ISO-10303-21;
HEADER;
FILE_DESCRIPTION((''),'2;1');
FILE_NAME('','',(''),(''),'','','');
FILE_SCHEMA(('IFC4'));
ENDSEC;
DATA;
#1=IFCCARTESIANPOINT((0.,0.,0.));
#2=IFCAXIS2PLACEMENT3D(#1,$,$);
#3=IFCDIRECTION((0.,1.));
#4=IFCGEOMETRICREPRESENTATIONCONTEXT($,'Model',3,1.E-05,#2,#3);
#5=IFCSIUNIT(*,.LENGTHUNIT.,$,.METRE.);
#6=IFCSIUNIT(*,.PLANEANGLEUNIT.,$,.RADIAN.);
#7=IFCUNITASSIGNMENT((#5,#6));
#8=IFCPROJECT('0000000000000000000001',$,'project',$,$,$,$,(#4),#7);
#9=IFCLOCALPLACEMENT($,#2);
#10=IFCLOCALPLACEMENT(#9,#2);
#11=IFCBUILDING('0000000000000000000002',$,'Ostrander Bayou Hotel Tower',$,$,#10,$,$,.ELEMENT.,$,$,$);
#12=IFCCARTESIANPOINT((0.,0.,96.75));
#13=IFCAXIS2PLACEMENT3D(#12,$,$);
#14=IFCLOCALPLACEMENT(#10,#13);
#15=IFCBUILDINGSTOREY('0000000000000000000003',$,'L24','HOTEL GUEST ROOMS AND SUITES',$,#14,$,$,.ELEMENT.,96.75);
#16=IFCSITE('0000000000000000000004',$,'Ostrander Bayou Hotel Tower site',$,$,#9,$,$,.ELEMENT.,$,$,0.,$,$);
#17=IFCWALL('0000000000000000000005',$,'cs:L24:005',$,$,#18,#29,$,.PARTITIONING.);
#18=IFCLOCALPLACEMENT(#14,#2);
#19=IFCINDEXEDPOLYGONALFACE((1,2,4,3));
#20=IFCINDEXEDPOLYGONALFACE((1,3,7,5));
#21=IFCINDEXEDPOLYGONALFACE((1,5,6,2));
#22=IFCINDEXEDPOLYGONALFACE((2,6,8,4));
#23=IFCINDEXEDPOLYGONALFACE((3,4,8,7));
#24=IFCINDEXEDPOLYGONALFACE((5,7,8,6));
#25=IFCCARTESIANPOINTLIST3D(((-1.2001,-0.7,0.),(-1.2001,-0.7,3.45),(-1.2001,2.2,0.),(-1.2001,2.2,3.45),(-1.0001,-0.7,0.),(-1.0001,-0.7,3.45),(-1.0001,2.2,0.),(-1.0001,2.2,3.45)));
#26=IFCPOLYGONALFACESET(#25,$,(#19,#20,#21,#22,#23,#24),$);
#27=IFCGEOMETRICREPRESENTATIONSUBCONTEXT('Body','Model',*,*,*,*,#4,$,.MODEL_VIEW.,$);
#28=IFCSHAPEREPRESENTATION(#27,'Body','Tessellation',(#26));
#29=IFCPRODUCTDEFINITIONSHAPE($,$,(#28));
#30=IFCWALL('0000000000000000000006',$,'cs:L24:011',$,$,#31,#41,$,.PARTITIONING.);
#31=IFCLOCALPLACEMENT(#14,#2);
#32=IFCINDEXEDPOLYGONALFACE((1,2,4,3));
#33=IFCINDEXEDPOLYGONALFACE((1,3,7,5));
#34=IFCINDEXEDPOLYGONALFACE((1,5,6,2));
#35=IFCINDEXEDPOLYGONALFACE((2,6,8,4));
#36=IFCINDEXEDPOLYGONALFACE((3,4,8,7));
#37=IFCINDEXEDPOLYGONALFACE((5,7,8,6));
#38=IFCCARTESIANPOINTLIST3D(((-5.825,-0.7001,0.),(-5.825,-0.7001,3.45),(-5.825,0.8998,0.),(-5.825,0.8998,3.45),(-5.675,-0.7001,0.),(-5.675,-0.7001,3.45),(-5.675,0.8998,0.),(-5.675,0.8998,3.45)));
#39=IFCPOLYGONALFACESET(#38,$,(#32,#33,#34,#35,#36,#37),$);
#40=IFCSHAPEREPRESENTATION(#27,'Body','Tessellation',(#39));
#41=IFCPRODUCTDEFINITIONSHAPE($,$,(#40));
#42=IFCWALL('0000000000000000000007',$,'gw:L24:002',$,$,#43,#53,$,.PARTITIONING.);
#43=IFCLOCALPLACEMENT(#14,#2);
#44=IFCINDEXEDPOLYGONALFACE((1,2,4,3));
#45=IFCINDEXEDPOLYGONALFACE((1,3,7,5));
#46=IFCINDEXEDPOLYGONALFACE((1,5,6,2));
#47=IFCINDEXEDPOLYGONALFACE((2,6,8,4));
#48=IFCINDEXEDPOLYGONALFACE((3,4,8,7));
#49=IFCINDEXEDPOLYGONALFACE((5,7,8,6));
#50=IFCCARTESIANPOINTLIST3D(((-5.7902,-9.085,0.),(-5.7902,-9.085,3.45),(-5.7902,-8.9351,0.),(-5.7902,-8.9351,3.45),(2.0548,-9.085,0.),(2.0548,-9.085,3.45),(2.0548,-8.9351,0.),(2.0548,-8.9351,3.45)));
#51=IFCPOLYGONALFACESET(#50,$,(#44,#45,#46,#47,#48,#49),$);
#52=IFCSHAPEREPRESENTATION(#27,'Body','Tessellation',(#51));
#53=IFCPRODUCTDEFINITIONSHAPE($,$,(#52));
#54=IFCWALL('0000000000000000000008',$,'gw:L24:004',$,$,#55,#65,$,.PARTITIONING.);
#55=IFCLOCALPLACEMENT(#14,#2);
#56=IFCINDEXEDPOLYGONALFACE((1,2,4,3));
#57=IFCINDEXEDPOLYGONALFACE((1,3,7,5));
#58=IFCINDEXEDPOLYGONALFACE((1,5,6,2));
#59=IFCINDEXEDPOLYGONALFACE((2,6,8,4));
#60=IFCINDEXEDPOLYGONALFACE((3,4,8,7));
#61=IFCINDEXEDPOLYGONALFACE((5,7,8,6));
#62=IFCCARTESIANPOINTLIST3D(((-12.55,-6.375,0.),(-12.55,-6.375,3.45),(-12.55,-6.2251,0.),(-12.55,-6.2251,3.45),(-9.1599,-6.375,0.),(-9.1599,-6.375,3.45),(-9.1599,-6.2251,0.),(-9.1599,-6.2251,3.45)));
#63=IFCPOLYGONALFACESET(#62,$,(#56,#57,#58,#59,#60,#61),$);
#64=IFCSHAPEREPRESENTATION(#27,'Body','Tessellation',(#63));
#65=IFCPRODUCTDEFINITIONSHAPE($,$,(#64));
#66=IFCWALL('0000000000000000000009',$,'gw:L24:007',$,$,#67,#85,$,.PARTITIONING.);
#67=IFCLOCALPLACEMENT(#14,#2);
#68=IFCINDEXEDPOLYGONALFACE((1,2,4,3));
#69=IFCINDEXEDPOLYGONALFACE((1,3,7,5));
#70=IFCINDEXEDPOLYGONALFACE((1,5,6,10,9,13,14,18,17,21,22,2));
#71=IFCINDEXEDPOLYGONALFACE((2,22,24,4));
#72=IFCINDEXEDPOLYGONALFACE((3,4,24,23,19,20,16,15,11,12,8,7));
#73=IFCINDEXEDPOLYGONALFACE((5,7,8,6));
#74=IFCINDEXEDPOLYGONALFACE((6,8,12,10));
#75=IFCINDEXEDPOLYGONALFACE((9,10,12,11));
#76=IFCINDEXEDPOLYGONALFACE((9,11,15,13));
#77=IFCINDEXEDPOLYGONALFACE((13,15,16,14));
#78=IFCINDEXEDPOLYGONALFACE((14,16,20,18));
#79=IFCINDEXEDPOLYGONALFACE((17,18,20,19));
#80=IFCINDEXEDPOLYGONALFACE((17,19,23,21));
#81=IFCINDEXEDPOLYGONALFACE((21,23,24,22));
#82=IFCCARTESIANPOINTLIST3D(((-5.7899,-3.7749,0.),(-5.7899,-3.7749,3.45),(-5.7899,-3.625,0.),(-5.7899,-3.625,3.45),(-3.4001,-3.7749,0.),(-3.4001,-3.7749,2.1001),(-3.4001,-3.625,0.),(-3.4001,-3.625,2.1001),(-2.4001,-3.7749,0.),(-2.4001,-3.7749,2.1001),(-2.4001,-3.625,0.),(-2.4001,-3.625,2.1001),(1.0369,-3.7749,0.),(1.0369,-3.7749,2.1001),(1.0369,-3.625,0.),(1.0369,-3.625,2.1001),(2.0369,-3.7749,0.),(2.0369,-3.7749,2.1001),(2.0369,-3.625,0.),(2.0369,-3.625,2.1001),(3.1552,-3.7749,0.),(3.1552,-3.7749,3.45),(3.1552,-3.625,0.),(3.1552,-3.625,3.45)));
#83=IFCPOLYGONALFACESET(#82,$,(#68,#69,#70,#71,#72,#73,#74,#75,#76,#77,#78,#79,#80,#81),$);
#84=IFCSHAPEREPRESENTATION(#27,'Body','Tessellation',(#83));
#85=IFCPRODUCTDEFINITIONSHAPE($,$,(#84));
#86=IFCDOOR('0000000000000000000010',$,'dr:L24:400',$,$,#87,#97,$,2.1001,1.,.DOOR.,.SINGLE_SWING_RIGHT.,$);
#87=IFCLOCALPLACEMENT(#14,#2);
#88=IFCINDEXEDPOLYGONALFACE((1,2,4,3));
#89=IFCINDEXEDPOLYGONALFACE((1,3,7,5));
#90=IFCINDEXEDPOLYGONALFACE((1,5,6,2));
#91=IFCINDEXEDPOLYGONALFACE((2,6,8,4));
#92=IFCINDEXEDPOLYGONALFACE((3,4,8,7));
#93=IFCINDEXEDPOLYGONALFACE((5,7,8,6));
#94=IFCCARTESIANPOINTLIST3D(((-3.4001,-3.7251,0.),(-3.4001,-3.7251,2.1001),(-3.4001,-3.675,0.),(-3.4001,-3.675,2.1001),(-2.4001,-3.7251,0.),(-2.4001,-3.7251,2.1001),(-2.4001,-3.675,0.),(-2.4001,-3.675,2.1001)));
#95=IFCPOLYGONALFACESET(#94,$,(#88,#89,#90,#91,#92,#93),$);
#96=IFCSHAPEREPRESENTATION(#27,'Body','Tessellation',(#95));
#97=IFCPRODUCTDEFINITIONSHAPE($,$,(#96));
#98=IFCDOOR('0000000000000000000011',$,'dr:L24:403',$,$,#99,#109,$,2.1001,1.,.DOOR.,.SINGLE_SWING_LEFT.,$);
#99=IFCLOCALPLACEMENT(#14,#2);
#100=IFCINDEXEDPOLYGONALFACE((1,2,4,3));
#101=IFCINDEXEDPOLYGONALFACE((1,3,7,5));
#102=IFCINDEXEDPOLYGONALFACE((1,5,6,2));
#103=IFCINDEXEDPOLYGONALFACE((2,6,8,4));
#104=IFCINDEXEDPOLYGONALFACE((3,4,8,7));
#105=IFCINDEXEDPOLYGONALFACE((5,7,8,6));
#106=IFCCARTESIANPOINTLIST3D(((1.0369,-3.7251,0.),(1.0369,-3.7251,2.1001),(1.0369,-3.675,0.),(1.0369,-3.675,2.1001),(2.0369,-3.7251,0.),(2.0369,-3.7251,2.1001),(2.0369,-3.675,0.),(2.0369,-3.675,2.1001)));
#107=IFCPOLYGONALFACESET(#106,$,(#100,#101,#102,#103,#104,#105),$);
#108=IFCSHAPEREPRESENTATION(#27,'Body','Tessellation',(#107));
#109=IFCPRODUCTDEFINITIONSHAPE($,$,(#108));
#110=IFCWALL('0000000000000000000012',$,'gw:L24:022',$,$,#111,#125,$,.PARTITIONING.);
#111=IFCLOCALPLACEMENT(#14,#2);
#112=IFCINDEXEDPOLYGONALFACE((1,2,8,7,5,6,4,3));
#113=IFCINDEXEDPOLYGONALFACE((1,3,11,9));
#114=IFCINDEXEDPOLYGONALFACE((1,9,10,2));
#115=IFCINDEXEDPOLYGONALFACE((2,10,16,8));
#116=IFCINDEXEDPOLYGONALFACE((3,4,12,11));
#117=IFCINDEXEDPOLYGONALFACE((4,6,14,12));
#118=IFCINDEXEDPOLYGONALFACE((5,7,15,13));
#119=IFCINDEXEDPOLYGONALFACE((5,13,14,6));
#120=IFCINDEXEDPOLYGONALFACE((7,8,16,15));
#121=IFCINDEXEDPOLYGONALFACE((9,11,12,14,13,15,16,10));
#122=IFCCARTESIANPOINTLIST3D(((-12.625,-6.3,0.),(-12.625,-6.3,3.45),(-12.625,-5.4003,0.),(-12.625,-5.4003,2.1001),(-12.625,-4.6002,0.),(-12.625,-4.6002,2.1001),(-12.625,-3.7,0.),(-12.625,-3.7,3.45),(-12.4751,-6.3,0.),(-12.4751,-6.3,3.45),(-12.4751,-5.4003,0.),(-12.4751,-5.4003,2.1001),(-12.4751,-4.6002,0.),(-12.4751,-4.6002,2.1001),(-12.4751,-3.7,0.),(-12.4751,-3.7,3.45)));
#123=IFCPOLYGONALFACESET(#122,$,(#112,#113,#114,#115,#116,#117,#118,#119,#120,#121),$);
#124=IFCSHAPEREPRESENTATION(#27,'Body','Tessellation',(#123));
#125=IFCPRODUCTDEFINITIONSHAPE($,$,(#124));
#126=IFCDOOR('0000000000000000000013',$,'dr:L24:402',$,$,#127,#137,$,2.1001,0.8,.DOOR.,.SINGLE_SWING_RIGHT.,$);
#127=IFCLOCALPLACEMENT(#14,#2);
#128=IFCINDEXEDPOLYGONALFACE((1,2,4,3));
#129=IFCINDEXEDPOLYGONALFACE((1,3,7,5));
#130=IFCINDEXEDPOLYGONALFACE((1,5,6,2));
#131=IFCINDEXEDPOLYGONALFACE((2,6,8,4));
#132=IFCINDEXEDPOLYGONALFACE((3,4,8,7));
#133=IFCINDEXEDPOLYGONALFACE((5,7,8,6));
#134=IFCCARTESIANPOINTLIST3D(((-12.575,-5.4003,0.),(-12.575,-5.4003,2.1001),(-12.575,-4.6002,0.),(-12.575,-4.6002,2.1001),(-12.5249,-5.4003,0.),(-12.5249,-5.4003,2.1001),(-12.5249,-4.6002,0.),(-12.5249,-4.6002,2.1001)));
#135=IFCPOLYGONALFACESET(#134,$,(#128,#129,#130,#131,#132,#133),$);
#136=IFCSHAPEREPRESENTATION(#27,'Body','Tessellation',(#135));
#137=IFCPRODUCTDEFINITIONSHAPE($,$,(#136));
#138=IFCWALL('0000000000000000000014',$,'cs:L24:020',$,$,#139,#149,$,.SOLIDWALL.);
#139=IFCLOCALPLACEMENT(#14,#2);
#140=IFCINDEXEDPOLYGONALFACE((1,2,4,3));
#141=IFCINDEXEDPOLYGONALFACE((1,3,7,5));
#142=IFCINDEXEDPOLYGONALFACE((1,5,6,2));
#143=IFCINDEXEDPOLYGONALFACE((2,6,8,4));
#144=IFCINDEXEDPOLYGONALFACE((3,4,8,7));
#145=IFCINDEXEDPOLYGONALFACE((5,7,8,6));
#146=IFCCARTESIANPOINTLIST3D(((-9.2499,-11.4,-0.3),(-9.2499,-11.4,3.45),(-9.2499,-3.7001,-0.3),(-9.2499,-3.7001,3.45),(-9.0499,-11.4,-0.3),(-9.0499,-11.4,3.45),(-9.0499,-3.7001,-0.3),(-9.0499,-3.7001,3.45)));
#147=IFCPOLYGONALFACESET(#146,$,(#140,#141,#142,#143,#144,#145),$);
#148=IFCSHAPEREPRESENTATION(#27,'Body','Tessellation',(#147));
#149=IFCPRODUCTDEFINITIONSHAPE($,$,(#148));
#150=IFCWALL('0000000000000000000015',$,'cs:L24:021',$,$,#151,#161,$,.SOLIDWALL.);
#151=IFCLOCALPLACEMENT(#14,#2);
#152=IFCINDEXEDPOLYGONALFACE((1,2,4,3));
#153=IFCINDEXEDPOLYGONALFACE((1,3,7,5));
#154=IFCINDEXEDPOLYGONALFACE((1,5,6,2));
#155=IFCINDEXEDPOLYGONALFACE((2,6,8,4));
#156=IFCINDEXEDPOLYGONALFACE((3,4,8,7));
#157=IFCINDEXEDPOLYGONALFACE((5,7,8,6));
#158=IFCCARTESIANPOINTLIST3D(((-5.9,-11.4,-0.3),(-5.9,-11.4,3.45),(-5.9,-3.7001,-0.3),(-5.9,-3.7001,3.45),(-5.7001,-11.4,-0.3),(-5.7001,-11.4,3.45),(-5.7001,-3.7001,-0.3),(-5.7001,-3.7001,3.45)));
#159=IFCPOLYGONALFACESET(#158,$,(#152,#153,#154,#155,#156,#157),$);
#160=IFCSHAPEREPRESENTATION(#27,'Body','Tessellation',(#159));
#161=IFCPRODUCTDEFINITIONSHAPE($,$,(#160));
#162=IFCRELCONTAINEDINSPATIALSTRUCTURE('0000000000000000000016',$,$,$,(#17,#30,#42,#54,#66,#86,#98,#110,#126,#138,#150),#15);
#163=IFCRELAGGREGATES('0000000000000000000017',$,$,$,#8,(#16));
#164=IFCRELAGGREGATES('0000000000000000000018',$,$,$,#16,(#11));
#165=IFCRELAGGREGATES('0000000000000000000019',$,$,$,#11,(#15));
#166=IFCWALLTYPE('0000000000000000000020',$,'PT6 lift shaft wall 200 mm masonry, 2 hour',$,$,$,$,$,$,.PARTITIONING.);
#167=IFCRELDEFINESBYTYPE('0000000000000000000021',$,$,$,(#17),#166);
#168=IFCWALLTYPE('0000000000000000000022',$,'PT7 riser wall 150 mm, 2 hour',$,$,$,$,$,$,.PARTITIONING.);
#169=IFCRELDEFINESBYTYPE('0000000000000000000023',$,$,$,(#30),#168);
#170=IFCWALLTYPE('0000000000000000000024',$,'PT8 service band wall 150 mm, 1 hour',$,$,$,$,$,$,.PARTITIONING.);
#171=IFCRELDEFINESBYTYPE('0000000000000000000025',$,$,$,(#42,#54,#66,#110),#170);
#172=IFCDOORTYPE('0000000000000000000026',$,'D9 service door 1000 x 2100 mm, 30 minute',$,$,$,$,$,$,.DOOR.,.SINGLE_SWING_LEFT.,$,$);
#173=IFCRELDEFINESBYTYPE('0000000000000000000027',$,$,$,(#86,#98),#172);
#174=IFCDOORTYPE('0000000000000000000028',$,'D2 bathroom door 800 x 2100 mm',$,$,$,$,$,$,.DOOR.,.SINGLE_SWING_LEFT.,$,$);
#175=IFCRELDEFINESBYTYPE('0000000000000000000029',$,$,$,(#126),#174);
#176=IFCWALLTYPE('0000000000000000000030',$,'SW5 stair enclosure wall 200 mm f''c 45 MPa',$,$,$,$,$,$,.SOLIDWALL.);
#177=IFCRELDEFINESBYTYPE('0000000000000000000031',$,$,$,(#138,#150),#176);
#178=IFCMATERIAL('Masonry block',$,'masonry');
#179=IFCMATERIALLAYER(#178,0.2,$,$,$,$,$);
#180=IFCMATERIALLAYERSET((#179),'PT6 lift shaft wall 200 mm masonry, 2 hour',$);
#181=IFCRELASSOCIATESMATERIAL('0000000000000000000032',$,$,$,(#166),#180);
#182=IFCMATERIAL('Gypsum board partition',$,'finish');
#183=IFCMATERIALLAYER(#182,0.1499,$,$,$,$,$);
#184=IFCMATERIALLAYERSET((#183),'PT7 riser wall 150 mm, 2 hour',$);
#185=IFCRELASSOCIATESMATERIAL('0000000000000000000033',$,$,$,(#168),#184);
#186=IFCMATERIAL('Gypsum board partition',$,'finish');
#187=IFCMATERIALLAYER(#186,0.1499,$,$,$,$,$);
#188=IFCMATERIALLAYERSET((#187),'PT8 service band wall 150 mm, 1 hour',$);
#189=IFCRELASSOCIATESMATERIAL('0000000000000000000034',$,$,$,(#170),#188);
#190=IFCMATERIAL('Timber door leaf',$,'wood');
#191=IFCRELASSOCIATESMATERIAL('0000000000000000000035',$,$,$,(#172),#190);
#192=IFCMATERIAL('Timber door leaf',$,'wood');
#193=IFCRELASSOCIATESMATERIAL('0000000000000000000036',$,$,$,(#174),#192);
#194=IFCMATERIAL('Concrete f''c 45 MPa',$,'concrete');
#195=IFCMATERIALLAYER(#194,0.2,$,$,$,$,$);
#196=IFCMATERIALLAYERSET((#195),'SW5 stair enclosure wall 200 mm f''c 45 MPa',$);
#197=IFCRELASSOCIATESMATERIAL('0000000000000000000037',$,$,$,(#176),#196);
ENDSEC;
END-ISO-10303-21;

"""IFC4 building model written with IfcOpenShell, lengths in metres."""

from ifc_helpers import new_model, si_unit, direction, frame, frame_2d, origin, place, context, subcontext, project, spatial, rectangle, extrude, material, layer, layer_set, type_object, element, fill, save


model = new_model("IFC4")

# Units and contexts
model_context = context("Model", 3, precision=1e-05, world=origin(), true_north=direction((0.0, 1.0)))
body_context = subcontext(model_context, "Body", "Model", "MODEL_VIEW")
ifc_project = project(units=[si_unit("LENGTHUNIT", "METRE"), si_unit("PLANEANGLEUNIT", "RADIAN")], contexts=[model_context])

# Site, building, storey
site_placement = place(None, origin())
site = spatial("IfcSite", under=ifc_project, at=site_placement, Name="Ostrander Bayou Hotel Tower site", CompositionType="ELEMENT", RefElevation=0.0)
building_placement = place(site_placement, origin())
building = spatial("IfcBuilding", under=site, at=building_placement, Name="Ostrander Bayou Hotel Tower", CompositionType="ELEMENT")
storey_placement = place(building_placement, frame((0.0, 0.0, 96.75)))
storey = spatial("IfcBuildingStorey", under=building, at=storey_placement, Name="L24", Description="HOTEL GUEST ROOMS AND SUITES", CompositionType="ELEMENT", Elevation=96.75)

# Walls
ifc_material_1 = material(Name="Masonry block", Category="masonry")
ifc_layer_1 = layer(ifc_material_1, 0.2)
ifc_layer_set_1 = layer_set([ifc_layer_1], Name="PT6 lift shaft wall 200 mm masonry, 2 hour")
wall_type_1 = type_object("IfcWallType", Name="PT6 lift shaft wall 200 mm masonry, 2 hour", PredefinedType="PARTITIONING", material=ifc_layer_set_1)
wall_1_placement = place(storey_placement, frame((-1.1001, -0.7, 0.0), z_axis=(0.0, 0.0, 1.0), x_axis=(0.0, 1.0, 0.0)))
element("IfcWall", 1, at=wall_1_placement, inside=storey, type_object=wall_type_1, Name="cs:L24:005", PredefinedType="PARTITIONING", context=body_context, shape_type="SweptSolid", body=[
    extrude(rectangle(XDim=2.8999, YDim=0.2, at=frame_2d((1.45, 0.0))), origin(), (0.0, 0.0, 1.0), 3.45),
])
ifc_material_2 = material(Name="Gypsum board partition", Category="finish")
ifc_layer_2 = layer(ifc_material_2, 0.1499)
ifc_layer_set_2 = layer_set([ifc_layer_2], Name="PT7 riser wall 150 mm, 2 hour")
wall_type_2 = type_object("IfcWallType", Name="PT7 riser wall 150 mm, 2 hour", PredefinedType="PARTITIONING", material=ifc_layer_set_2)
wall_2_placement = place(storey_placement, frame((-5.75, -0.7, 0.0), z_axis=(0.0, 0.0, 1.0), x_axis=(0.0, 1.0, 0.0)))
element("IfcWall", 2, at=wall_2_placement, inside=storey, type_object=wall_type_2, Name="cs:L24:011", PredefinedType="PARTITIONING", context=body_context, shape_type="SweptSolid", body=[
    extrude(rectangle(XDim=1.5999, YDim=0.1499, at=frame_2d((0.7998, 0.0))), origin(), (0.0, 0.0, 1.0), 3.45),
])
ifc_material_3 = material(Name="Gypsum board partition", Category="finish")
ifc_layer_3 = layer(ifc_material_3, 0.1499)
ifc_layer_set_3 = layer_set([ifc_layer_3], Name="PT8 service band wall 150 mm, 1 hour")
wall_type_3 = type_object("IfcWallType", Name="PT8 service band wall 150 mm, 1 hour", PredefinedType="PARTITIONING", material=ifc_layer_set_3)
wall_3_placement = place(storey_placement, frame((-5.79, -9.01, 0.0), z_axis=(0.0, 0.0, 1.0), x_axis=(1.0, 0.0, 0.0)))
element("IfcWall", 3, at=wall_3_placement, inside=storey, type_object=wall_type_3, Name="gw:L24:002", PredefinedType="PARTITIONING", context=body_context, shape_type="SweptSolid", body=[
    extrude(rectangle(XDim=7.845, YDim=0.1499, at=frame_2d((3.9224, 0.0))), origin(), (0.0, 0.0, 1.0), 3.45),
])
wall_4_placement = place(storey_placement, frame((-12.55, -6.3, 0.0), z_axis=(0.0, 0.0, 1.0), x_axis=(1.0, 0.0, 0.0)))
element("IfcWall", 4, at=wall_4_placement, inside=storey, type_object=wall_type_3, Name="gw:L24:004", PredefinedType="PARTITIONING", context=body_context, shape_type="SweptSolid", body=[
    extrude(rectangle(XDim=3.3901, YDim=0.1499, at=frame_2d((1.6951, 0.0))), origin(), (0.0, 0.0, 1.0), 3.45),
])

# Wall, openings, doors
wall_5_placement = place(storey_placement, frame((-5.79, -3.7, 0.0), z_axis=(0.0, 0.0, 1.0), x_axis=(1.0, 0.0, 0.0)))
wall_5 = element("IfcWall", 5, at=wall_5_placement, inside=storey, type_object=wall_type_3, Name="gw:L24:007", PredefinedType="PARTITIONING", context=body_context, shape_type="SweptSolid", body=[
    extrude(rectangle(XDim=8.9451, YDim=0.1499, at=frame_2d((4.4727, 0.0))), origin(), (0.0, 0.0, 1.0), 3.45),
])
opening_1_placement = place(wall_5_placement, frame((2.3899, 0.0, 0.0)))
opening_1 = element("IfcOpeningElement", 6, at=opening_1_placement, cuts=wall_5, PredefinedType="OPENING", context=body_context, shape_type="SweptSolid", body=[
    extrude(rectangle(XDim=1.0, YDim=2.1001, at=frame_2d((0.5, 1.05))), frame((0.0, 0.075, 0.0), z_axis=(0.0, -1.0, 0.0), x_axis=(1.0, 0.0, 0.0)), (0.0, 0.0, 1.0), 0.1499),
])
opening_2_placement = place(wall_5_placement, frame((6.8269, 0.0, 0.0)))
opening_2 = element("IfcOpeningElement", 7, at=opening_2_placement, cuts=wall_5, PredefinedType="OPENING", context=body_context, shape_type="SweptSolid", body=[
    extrude(rectangle(XDim=1.0, YDim=2.1001, at=frame_2d((0.5, 1.05))), frame((0.0, 0.075, 0.0), z_axis=(0.0, -1.0, 0.0), x_axis=(1.0, 0.0, 0.0)), (0.0, 0.0, 1.0), 0.1499),
])
ifc_material_4 = material(Name="Timber door leaf", Category="wood")
door_type_1 = type_object("IfcDoorType", Name="D9 service door 1000 x 2100 mm, 30 minute", OperationType="SINGLE_SWING_LEFT", PredefinedType="DOOR", material=ifc_material_4)
door_1_placement = place(opening_1_placement, origin())
door_1 = element("IfcDoor", 8, at=door_1_placement, inside=storey, type_object=door_type_1, Name="dr:L24:400", OperationType="SINGLE_SWING_RIGHT", OverallHeight=2.1001, OverallWidth=1.0, PredefinedType="DOOR", context=body_context, shape_type="SweptSolid", body=[
    extrude(rectangle(XDim=1.0, YDim=2.1001, at=frame_2d((0.5, 1.05))), frame((0.0, 0.0249, 0.0), z_axis=(0.0, -1.0, 0.0), x_axis=(1.0, 0.0, 0.0)), (0.0, 0.0, 1.0), 0.05),
])
fill(opening_1, door_1)
door_2_placement = place(opening_2_placement, origin())
door_2 = element("IfcDoor", 9, at=door_2_placement, inside=storey, type_object=door_type_1, Name="dr:L24:403", OperationType="SINGLE_SWING_LEFT", OverallHeight=2.1001, OverallWidth=1.0, PredefinedType="DOOR", context=body_context, shape_type="SweptSolid", body=[
    extrude(rectangle(XDim=1.0, YDim=2.1001, at=frame_2d((0.5, 1.05))), frame((0.0, 0.0249, 0.0), z_axis=(0.0, -1.0, 0.0), x_axis=(1.0, 0.0, 0.0)), (0.0, 0.0, 1.0), 0.05),
])
fill(opening_2, door_2)

# Wall, opening, door
wall_6_placement = place(storey_placement, frame((-12.55, -6.3, 0.0), z_axis=(0.0, 0.0, 1.0), x_axis=(0.0, 1.0, 0.0)))
wall_6 = element("IfcWall", 10, at=wall_6_placement, inside=storey, type_object=wall_type_3, Name="gw:L24:022", PredefinedType="PARTITIONING", context=body_context, shape_type="SweptSolid", body=[
    extrude(rectangle(XDim=2.6001, YDim=0.1499, at=frame_2d((1.3, 0.0))), origin(), (0.0, 0.0, 1.0), 3.45),
])
opening_3_placement = place(wall_6_placement, frame((0.8999, 0.0, 0.0)))
opening_3 = element("IfcOpeningElement", 11, at=opening_3_placement, cuts=wall_6, PredefinedType="OPENING", context=body_context, shape_type="SweptSolid", body=[
    extrude(rectangle(XDim=0.8, YDim=2.1001, at=frame_2d((0.3999, 1.05))), frame((0.0, 0.075, 0.0), z_axis=(0.0, -1.0, 0.0), x_axis=(1.0, 0.0, 0.0)), (0.0, 0.0, 1.0), 0.1499),
])
ifc_material_5 = material(Name="Timber door leaf", Category="wood")
door_type_2 = type_object("IfcDoorType", Name="D2 bathroom door 800 x 2100 mm", OperationType="SINGLE_SWING_LEFT", PredefinedType="DOOR", material=ifc_material_5)
door_3_placement = place(opening_3_placement, origin())
door_3 = element("IfcDoor", 12, at=door_3_placement, inside=storey, type_object=door_type_2, Name="dr:L24:402", OperationType="SINGLE_SWING_RIGHT", OverallHeight=2.1001, OverallWidth=0.8, PredefinedType="DOOR", context=body_context, shape_type="SweptSolid", body=[
    extrude(rectangle(XDim=0.8, YDim=2.1001, at=frame_2d((0.3999, 1.05))), frame((0.0, 0.0249, 0.0), z_axis=(0.0, -1.0, 0.0), x_axis=(1.0, 0.0, 0.0)), (0.0, 0.0, 1.0), 0.05),
])
fill(opening_3, door_3)
ifc_material_6 = material(Name="Concrete f'c 45 MPa", Category="concrete")
ifc_layer_4 = layer(ifc_material_6, 0.2)
ifc_layer_set_4 = layer_set([ifc_layer_4], Name="SW5 stair enclosure wall 200 mm f'c 45 MPa")
wall_type_4 = type_object("IfcWallType", Name="SW5 stair enclosure wall 200 mm f'c 45 MPa", PredefinedType="SOLIDWALL", material=ifc_layer_set_4)

# Walls
for number, where, z_axis, x_axis, name in (
    (13, (-9.1499, -3.7, -0.3), (0.0, 0.0, 1.0), (0.0, -1.0, 0.0), "cs:L24:020"),
    (14, (-5.8, -3.7, -0.3), (0.0, 0.0, 1.0), (0.0, -1.0, 0.0), "cs:L24:021"),
):
    element("IfcWall", number, at=place(storey_placement, frame(where, z_axis=z_axis, x_axis=x_axis)), inside=storey, type_object=wall_type_4, Name=name, PredefinedType="SOLIDWALL", context=body_context, shape_type="SweptSolid", body=[
        extrude(rectangle(XDim=7.7, YDim=0.2, at=frame_2d((3.8501, 0.0))), origin(), (0.0, 0.0, 1.0), 3.75),
    ])

save(model, "model.ifc")
